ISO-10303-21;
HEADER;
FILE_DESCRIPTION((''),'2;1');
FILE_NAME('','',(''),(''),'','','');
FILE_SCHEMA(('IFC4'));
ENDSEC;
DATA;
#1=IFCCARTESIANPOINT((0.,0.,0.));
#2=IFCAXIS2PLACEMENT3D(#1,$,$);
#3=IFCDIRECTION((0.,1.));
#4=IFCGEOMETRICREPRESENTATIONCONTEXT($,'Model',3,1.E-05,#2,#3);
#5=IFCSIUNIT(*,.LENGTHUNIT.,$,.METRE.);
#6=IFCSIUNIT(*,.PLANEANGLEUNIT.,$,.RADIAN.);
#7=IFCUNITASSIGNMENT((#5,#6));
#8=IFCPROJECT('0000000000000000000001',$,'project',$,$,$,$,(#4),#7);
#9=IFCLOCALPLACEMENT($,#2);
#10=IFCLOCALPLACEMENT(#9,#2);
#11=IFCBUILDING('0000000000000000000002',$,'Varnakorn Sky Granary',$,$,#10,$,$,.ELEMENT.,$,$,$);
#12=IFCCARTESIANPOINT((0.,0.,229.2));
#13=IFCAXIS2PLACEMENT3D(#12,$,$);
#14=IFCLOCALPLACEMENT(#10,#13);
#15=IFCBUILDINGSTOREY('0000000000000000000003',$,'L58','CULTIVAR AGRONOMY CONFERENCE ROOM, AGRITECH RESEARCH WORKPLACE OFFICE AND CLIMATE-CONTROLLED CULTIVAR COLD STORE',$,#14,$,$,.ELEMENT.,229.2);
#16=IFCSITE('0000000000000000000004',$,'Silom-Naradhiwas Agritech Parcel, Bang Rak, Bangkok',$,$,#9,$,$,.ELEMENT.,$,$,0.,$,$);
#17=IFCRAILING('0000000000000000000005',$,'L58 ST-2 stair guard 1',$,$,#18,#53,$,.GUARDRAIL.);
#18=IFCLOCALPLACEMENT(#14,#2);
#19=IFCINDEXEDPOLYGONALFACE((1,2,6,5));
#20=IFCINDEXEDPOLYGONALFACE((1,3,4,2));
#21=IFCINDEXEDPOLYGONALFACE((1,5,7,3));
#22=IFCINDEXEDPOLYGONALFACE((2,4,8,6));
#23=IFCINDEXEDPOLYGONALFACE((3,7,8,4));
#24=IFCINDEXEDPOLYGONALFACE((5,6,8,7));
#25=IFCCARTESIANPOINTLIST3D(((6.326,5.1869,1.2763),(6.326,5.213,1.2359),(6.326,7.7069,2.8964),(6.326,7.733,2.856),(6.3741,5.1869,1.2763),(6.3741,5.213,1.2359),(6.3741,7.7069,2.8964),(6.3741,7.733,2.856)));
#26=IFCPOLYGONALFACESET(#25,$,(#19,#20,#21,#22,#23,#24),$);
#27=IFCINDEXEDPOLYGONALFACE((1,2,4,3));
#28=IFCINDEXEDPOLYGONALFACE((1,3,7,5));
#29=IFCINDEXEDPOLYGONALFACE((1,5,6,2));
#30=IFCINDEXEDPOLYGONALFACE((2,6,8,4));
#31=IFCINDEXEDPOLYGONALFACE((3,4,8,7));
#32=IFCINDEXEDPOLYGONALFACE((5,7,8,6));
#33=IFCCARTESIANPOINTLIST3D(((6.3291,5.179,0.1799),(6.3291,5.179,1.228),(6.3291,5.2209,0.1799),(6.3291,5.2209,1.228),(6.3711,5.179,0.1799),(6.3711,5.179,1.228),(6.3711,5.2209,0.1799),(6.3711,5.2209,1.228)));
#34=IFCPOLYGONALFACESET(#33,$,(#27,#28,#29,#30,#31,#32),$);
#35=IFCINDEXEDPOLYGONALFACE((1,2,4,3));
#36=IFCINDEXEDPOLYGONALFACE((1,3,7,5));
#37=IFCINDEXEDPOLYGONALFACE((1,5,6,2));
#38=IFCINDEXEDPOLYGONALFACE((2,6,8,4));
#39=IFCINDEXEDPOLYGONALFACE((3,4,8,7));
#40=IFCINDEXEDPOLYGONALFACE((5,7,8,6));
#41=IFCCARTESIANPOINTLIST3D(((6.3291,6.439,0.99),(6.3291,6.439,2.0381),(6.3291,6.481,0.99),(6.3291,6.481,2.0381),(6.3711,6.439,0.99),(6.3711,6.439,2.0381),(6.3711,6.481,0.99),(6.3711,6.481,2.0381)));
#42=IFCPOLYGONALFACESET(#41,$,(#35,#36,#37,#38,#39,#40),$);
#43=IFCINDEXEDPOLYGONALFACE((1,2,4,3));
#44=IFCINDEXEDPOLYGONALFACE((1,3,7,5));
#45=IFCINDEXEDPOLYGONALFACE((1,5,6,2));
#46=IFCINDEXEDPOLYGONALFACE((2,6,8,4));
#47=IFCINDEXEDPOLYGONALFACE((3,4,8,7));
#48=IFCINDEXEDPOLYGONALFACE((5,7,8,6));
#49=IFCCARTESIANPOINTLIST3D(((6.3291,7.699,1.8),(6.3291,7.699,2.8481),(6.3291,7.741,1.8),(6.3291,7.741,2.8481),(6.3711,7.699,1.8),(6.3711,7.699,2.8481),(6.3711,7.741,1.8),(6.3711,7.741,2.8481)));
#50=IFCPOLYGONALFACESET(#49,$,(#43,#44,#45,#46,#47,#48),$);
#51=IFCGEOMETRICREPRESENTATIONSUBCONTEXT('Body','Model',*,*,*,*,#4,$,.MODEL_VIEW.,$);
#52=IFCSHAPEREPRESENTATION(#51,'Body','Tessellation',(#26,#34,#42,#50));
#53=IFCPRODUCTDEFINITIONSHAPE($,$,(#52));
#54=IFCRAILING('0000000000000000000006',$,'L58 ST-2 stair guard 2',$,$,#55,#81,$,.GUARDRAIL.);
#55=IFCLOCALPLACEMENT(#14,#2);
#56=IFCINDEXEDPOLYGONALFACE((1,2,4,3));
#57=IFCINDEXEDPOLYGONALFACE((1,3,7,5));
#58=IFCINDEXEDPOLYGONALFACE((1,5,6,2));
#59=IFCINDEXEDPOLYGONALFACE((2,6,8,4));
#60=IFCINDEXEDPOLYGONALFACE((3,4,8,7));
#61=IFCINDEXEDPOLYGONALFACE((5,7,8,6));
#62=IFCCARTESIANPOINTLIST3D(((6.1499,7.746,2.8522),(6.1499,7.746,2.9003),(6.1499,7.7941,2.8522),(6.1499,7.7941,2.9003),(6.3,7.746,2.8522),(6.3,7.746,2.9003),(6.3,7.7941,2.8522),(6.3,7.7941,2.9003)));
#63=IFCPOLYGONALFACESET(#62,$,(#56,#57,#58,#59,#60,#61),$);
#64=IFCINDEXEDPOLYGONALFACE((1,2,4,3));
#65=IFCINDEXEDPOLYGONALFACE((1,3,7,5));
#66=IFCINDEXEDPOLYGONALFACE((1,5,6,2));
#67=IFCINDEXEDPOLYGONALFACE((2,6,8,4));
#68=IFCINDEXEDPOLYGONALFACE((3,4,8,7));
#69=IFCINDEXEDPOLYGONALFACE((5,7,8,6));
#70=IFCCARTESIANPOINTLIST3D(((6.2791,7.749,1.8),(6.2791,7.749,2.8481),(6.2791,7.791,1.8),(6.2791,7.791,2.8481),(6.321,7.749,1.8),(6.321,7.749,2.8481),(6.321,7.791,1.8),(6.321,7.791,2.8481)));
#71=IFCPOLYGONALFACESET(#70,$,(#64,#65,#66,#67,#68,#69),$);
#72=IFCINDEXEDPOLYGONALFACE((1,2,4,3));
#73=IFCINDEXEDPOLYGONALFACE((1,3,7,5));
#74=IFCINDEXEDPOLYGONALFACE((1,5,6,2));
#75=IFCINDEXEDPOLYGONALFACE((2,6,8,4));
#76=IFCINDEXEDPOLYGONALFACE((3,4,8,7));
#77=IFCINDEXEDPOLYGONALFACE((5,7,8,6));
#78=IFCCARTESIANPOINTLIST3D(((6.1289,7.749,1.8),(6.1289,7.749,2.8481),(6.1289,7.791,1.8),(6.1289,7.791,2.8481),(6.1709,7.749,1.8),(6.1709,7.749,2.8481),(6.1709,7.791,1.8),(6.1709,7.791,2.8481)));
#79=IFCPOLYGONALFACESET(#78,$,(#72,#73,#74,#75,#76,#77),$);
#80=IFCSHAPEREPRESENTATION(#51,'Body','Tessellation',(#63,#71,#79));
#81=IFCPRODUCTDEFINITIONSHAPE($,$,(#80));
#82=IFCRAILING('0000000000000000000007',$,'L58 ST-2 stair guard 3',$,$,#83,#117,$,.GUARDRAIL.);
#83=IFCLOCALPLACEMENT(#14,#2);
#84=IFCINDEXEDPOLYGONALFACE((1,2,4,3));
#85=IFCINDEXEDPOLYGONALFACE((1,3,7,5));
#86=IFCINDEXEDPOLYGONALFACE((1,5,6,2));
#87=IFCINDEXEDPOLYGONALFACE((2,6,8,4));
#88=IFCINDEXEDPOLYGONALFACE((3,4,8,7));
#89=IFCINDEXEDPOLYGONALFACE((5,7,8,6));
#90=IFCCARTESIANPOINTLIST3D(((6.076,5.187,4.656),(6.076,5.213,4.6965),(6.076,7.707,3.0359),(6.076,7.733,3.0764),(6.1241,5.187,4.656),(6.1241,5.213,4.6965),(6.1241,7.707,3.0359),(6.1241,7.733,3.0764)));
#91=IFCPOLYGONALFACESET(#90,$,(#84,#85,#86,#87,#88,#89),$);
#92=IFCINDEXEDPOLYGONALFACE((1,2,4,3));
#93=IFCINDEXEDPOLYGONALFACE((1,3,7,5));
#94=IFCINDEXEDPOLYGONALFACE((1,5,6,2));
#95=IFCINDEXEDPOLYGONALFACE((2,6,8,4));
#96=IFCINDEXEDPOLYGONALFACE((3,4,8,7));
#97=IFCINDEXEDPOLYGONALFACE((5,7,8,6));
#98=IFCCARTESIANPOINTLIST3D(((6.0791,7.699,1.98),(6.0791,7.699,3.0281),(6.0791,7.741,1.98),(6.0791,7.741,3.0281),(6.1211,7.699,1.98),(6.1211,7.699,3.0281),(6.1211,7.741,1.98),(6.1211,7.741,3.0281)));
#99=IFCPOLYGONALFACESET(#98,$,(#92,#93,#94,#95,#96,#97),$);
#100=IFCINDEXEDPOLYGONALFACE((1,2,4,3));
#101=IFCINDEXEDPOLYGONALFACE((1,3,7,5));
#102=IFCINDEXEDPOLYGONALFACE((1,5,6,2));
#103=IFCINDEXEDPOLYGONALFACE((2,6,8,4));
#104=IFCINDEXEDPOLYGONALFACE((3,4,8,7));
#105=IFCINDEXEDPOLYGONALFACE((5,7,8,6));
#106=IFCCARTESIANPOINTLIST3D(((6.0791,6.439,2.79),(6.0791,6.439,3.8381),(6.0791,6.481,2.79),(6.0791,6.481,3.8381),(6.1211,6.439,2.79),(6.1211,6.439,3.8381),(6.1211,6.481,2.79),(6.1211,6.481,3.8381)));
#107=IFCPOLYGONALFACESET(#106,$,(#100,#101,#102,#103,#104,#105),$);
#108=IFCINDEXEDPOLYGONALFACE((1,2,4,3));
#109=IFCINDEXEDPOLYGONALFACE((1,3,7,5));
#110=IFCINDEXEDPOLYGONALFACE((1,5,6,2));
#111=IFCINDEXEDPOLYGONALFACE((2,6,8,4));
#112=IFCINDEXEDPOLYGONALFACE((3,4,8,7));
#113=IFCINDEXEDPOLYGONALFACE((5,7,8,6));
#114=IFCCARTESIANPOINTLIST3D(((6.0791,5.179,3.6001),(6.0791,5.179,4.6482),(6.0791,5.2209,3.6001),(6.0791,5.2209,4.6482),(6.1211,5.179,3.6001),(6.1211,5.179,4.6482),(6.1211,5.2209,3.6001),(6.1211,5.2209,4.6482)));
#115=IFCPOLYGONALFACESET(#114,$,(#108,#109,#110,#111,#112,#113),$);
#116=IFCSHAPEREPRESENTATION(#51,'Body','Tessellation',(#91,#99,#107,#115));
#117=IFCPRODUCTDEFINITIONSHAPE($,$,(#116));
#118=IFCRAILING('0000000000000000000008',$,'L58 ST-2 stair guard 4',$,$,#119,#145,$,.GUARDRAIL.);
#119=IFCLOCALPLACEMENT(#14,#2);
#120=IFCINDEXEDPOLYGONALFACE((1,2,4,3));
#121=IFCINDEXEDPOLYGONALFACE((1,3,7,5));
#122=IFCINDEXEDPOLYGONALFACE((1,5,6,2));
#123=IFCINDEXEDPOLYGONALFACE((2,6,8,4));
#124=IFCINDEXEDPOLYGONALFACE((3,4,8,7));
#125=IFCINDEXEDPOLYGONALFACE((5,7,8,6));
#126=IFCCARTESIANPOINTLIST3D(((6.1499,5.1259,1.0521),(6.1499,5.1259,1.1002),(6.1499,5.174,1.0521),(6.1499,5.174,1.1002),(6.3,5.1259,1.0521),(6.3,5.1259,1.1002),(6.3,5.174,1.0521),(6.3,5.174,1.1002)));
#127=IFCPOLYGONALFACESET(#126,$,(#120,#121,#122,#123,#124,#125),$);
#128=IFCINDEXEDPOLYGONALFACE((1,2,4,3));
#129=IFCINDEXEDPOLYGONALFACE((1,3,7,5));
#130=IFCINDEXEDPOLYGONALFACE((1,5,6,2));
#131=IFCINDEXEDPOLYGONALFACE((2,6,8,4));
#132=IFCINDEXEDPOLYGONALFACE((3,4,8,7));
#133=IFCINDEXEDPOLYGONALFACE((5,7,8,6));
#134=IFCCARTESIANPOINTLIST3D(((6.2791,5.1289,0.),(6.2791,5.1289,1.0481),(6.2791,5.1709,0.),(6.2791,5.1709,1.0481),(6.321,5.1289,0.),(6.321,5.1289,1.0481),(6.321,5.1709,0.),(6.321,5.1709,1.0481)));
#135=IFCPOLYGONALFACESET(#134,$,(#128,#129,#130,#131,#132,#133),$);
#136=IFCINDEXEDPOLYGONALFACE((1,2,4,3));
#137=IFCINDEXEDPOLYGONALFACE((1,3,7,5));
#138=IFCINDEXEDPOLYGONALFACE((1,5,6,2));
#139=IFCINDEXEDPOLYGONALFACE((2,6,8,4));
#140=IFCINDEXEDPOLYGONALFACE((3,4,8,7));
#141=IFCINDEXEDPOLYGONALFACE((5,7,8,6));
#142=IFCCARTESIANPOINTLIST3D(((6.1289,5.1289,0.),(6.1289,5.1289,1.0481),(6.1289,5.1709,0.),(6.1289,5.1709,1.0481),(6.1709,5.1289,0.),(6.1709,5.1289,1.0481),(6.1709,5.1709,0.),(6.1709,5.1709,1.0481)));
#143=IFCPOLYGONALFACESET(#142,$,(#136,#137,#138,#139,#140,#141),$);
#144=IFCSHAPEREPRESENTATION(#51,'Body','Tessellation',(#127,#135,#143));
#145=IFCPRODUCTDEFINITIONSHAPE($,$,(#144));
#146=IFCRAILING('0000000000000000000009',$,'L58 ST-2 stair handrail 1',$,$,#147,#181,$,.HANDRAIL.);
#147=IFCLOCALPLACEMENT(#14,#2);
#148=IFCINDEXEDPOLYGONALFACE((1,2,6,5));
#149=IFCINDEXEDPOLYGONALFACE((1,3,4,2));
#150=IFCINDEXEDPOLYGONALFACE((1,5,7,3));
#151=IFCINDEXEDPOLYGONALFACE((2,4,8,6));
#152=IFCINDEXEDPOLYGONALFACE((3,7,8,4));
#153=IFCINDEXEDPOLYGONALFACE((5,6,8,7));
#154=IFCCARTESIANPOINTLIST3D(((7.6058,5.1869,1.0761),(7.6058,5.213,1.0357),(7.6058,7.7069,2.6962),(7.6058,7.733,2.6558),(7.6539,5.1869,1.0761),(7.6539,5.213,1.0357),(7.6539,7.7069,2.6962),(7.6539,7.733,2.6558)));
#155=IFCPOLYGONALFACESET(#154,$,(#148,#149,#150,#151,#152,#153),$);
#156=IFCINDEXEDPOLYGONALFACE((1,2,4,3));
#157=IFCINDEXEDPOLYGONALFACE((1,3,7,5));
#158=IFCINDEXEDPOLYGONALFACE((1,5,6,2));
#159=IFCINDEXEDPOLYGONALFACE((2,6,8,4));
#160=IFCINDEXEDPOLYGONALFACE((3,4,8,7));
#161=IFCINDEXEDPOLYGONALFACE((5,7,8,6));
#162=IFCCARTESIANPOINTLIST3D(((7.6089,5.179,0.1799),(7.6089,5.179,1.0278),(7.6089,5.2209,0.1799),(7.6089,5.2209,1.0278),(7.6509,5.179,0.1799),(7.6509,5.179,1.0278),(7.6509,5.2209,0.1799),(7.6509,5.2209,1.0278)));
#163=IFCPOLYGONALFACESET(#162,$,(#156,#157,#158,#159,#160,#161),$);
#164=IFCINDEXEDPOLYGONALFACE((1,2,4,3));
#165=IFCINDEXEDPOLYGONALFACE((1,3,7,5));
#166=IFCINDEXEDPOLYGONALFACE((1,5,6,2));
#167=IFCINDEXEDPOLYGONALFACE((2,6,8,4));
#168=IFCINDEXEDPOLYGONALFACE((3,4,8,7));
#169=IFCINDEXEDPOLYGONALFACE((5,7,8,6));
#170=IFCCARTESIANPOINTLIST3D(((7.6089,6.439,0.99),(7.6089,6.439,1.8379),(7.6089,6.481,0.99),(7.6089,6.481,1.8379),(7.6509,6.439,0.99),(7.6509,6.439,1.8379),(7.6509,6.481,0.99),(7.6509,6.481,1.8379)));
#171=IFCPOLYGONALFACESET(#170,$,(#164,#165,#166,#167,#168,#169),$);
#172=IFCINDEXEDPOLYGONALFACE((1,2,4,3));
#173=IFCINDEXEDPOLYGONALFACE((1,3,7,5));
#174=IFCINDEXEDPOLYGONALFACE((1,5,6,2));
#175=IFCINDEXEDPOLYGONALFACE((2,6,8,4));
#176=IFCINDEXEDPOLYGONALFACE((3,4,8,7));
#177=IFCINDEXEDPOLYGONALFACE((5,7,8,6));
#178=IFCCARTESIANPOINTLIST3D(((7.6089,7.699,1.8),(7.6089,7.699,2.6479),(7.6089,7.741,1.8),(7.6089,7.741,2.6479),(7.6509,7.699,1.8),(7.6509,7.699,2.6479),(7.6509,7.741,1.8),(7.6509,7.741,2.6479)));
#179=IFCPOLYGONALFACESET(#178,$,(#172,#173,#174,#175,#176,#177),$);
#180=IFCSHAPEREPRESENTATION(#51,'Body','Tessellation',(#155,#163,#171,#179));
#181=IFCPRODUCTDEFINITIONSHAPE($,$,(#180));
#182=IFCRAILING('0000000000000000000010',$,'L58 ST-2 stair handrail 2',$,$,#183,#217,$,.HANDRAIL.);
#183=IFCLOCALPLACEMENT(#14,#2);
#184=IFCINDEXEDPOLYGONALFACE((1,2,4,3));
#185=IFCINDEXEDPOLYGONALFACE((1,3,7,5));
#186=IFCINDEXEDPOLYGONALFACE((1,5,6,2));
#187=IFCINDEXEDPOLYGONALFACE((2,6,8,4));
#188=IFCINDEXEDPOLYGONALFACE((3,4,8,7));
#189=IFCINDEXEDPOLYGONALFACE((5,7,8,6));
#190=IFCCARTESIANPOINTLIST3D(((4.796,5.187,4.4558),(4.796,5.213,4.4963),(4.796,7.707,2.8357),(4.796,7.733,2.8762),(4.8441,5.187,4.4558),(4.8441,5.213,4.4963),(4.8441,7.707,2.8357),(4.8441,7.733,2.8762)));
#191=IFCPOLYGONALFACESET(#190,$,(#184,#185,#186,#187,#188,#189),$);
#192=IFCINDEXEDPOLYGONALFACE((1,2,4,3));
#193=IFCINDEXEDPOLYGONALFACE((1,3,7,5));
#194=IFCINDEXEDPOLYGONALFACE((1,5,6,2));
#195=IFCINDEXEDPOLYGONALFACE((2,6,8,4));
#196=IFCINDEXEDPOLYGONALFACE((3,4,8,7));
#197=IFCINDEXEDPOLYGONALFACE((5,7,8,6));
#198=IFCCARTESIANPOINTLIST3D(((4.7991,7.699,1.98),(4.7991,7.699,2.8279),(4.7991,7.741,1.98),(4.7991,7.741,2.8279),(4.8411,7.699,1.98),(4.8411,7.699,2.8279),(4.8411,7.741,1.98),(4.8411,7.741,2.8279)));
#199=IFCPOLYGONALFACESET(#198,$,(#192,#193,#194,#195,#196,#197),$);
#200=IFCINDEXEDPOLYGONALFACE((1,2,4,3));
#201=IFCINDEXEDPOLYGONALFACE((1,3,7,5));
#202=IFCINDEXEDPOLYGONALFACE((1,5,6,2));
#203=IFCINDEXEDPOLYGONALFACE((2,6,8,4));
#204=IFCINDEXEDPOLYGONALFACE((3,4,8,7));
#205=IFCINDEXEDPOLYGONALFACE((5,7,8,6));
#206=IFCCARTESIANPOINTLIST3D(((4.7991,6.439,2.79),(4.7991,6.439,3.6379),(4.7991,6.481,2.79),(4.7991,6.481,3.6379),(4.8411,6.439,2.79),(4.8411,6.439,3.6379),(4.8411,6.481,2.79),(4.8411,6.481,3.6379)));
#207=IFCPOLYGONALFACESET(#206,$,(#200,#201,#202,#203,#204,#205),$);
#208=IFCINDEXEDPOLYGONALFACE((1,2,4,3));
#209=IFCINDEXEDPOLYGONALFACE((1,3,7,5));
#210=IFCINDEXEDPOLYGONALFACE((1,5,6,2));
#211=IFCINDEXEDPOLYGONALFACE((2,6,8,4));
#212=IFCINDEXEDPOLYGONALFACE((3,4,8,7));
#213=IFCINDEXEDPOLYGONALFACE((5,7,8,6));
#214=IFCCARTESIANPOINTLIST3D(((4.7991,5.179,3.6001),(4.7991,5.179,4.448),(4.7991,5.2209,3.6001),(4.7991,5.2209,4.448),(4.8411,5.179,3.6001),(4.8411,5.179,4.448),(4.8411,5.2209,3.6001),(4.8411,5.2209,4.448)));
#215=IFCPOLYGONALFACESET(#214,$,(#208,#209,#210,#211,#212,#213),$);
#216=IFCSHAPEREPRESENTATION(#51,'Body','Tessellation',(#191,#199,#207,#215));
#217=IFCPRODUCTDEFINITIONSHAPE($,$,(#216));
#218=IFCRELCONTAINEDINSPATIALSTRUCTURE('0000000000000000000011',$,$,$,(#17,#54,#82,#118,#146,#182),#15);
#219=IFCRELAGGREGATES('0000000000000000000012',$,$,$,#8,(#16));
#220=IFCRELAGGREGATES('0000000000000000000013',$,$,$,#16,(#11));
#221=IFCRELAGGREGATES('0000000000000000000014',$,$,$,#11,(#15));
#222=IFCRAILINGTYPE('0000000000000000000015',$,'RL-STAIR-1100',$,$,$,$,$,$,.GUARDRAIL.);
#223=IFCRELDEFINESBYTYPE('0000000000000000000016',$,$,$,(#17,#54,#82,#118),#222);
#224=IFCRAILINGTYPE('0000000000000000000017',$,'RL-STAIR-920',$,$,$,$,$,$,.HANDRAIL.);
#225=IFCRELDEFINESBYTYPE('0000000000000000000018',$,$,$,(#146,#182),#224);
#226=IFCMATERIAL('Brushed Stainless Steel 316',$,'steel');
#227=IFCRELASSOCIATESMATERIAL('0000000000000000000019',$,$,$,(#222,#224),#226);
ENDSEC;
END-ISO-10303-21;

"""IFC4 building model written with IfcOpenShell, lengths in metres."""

from ifc_helpers import new_model, si_unit, direction, frame, origin, origin_2d, place, context, subcontext, project, spatial, rectangle, extrude, material, type_object, element, save


model = new_model("IFC4")

# Units and contexts
model_context = context("Model", 3, precision=1e-05, world=origin(), true_north=direction((0.0, 1.0)))
body_context = subcontext(model_context, "Body", "Model", "MODEL_VIEW")
ifc_project = project(units=[si_unit("LENGTHUNIT", "METRE"), si_unit("PLANEANGLEUNIT", "RADIAN")], contexts=[model_context])

# Site, building, storey
site_placement = place(None, origin())
site = spatial("IfcSite", under=ifc_project, at=site_placement, Name="Silom-Naradhiwas Agritech Parcel, Bang Rak, Bangkok", CompositionType="ELEMENT", RefElevation=0.0)
building_placement = place(site_placement, origin())
building = spatial("IfcBuilding", under=site, at=building_placement, Name="Varnakorn Sky Granary", CompositionType="ELEMENT")
storey_placement = place(building_placement, frame((0.0, 0.0, 229.2)))
storey = spatial("IfcBuildingStorey", under=building, at=storey_placement, Name="L58", Description="CULTIVAR AGRONOMY CONFERENCE ROOM, AGRITECH RESEARCH WORKPLACE OFFICE AND CLIMATE-CONTROLLED CULTIVAR COLD STORE", CompositionType="ELEMENT", Elevation=229.2)

# Railings
ifc_material_1 = material(Name="Brushed Stainless Steel 316", Category="steel")
railing_type_1 = type_object("IfcRailingType", Name="RL-STAIR-1100", PredefinedType="GUARDRAIL", material=ifc_material_1)
railing_1_placement = place(storey_placement, frame((6.3501, 5.2, 0.1799)))
element("IfcRailing", 1, at=railing_1_placement, inside=storey, type_object=railing_type_1, Name="L58 ST-2 stair guard 1", PredefinedType="GUARDRAIL", context=body_context, shape_type="SweptSolid", body=[
    extrude(rectangle(XDim=0.0481, YDim=0.0481, at=origin_2d()), frame((0.0, 0.0, 1.0762), z_axis=(0.0, 0.841163, 0.540782), x_axis=(-1.0, 0.0, 0.0)), (0.0, 0.0, 1.0), 2.9958),
    extrude(rectangle(XDim=0.042, YDim=0.042, at=origin_2d()), origin(), (0.0, 0.0, 1.0), 1.0481),
    extrude(rectangle(XDim=0.042, YDim=0.042, at=origin_2d()), frame((0.0, 1.26, 0.8101)), (0.0, 0.0, 1.0), 1.0481),
    extrude(rectangle(XDim=0.042, YDim=0.042, at=origin_2d()), frame((0.0, 2.52, 1.6201)), (0.0, 0.0, 1.0), 1.0481),
])
railing_2_placement = place(storey_placement, frame((6.3, 7.77, 1.8)))
element("IfcRailing", 2, at=railing_2_placement, inside=storey, type_object=railing_type_1, Name="L58 ST-2 stair guard 2", PredefinedType="GUARDRAIL", context=body_context, shape_type="SweptSolid", body=[
    extrude(rectangle(XDim=0.0481, YDim=0.0481, at=origin_2d()), frame((0.0, 0.0, 1.0762), z_axis=(-1.0, 0.0, 0.0), x_axis=(0.0, -1.0, 0.0)), (0.0, 0.0, 1.0), 0.1501),
    extrude(rectangle(XDim=0.042, YDim=0.042, at=origin_2d()), origin(), (0.0, 0.0, 1.0), 1.0481),
    extrude(rectangle(XDim=0.042, YDim=0.042, at=origin_2d()), frame((-0.1501, 0.0, 0.0)), (0.0, 0.0, 1.0), 1.0481),
])
railing_3_placement = place(storey_placement, frame((6.1001, 7.72, 1.98)))
element("IfcRailing", 3, at=railing_3_placement, inside=storey, type_object=railing_type_1, Name="L58 ST-2 stair guard 3", PredefinedType="GUARDRAIL", context=body_context, shape_type="SweptSolid", body=[
    extrude(rectangle(XDim=0.0481, YDim=0.0481, at=origin_2d()), frame((0.0, 0.0, 1.0762), z_axis=(0.0, -0.841163, 0.540782), x_axis=(1.0, 0.0, 0.0)), (0.0, 0.0, 1.0), 2.9958),
    extrude(rectangle(XDim=0.042, YDim=0.042, at=origin_2d()), origin(), (0.0, 0.0, 1.0), 1.0481),
    extrude(rectangle(XDim=0.042, YDim=0.042, at=origin_2d()), frame((0.0, -1.26, 0.8101)), (0.0, 0.0, 1.0), 1.0481),
    extrude(rectangle(XDim=0.042, YDim=0.042, at=origin_2d()), frame((0.0, -2.52, 1.6201)), (0.0, 0.0, 1.0), 1.0481),
])
railing_4_placement = place(storey_placement, frame((6.3, 5.1499, 0.0)))
element("IfcRailing", 4, at=railing_4_placement, inside=storey, type_object=railing_type_1, Name="L58 ST-2 stair guard 4", PredefinedType="GUARDRAIL", context=body_context, shape_type="SweptSolid", body=[
    extrude(rectangle(XDim=0.0481, YDim=0.0481, at=origin_2d()), frame((0.0, 0.0, 1.0762), z_axis=(-1.0, 0.0, 0.0), x_axis=(0.0, -1.0, 0.0)), (0.0, 0.0, 1.0), 0.1501),
    extrude(rectangle(XDim=0.042, YDim=0.042, at=origin_2d()), origin(), (0.0, 0.0, 1.0), 1.0481),
    extrude(rectangle(XDim=0.042, YDim=0.042, at=origin_2d()), frame((-0.1501, 0.0, 0.0)), (0.0, 0.0, 1.0), 1.0481),
])
railing_type_2 = type_object("IfcRailingType", Name="RL-STAIR-920", PredefinedType="HANDRAIL", material=ifc_material_1)
railing_5_placement = place(storey_placement, frame((7.6299, 5.2, 0.1799)))
element("IfcRailing", 5, at=railing_5_placement, inside=storey, type_object=railing_type_2, Name="L58 ST-2 stair handrail 1", PredefinedType="HANDRAIL", context=body_context, shape_type="SweptSolid", body=[
    extrude(rectangle(XDim=0.0481, YDim=0.0481, at=origin_2d()), frame((0.0, 0.0, 0.876), z_axis=(0.0, 0.841163, 0.540782), x_axis=(-1.0, 0.0, 0.0)), (0.0, 0.0, 1.0), 2.9958),
    extrude(rectangle(XDim=0.042, YDim=0.042, at=origin_2d()), origin(), (0.0, 0.0, 1.0), 0.8479),
    extrude(rectangle(XDim=0.042, YDim=0.042, at=origin_2d()), frame((0.0, 1.26, 0.8101)), (0.0, 0.0, 1.0), 0.8479),
    extrude(rectangle(XDim=0.042, YDim=0.042, at=origin_2d()), frame((0.0, 2.52, 1.6201)), (0.0, 0.0, 1.0), 0.8479),
])
railing_6_placement = place(storey_placement, frame((4.8201, 7.72, 1.98)))
element("IfcRailing", 6, at=railing_6_placement, inside=storey, type_object=railing_type_2, Name="L58 ST-2 stair handrail 2", PredefinedType="HANDRAIL", context=body_context, shape_type="SweptSolid", body=[
    extrude(rectangle(XDim=0.0481, YDim=0.0481, at=origin_2d()), frame((0.0, 0.0, 0.876), z_axis=(0.0, -0.841163, 0.540782), x_axis=(1.0, 0.0, 0.0)), (0.0, 0.0, 1.0), 2.9958),
    extrude(rectangle(XDim=0.042, YDim=0.042, at=origin_2d()), origin(), (0.0, 0.0, 1.0), 0.8479),
    extrude(rectangle(XDim=0.042, YDim=0.042, at=origin_2d()), frame((0.0, -1.26, 0.8101)), (0.0, 0.0, 1.0), 0.8479),
    extrude(rectangle(XDim=0.042, YDim=0.042, at=origin_2d()), frame((0.0, -2.52, 1.6201)), (0.0, 0.0, 1.0), 0.8479),
])

save(model, "model.ifc")
